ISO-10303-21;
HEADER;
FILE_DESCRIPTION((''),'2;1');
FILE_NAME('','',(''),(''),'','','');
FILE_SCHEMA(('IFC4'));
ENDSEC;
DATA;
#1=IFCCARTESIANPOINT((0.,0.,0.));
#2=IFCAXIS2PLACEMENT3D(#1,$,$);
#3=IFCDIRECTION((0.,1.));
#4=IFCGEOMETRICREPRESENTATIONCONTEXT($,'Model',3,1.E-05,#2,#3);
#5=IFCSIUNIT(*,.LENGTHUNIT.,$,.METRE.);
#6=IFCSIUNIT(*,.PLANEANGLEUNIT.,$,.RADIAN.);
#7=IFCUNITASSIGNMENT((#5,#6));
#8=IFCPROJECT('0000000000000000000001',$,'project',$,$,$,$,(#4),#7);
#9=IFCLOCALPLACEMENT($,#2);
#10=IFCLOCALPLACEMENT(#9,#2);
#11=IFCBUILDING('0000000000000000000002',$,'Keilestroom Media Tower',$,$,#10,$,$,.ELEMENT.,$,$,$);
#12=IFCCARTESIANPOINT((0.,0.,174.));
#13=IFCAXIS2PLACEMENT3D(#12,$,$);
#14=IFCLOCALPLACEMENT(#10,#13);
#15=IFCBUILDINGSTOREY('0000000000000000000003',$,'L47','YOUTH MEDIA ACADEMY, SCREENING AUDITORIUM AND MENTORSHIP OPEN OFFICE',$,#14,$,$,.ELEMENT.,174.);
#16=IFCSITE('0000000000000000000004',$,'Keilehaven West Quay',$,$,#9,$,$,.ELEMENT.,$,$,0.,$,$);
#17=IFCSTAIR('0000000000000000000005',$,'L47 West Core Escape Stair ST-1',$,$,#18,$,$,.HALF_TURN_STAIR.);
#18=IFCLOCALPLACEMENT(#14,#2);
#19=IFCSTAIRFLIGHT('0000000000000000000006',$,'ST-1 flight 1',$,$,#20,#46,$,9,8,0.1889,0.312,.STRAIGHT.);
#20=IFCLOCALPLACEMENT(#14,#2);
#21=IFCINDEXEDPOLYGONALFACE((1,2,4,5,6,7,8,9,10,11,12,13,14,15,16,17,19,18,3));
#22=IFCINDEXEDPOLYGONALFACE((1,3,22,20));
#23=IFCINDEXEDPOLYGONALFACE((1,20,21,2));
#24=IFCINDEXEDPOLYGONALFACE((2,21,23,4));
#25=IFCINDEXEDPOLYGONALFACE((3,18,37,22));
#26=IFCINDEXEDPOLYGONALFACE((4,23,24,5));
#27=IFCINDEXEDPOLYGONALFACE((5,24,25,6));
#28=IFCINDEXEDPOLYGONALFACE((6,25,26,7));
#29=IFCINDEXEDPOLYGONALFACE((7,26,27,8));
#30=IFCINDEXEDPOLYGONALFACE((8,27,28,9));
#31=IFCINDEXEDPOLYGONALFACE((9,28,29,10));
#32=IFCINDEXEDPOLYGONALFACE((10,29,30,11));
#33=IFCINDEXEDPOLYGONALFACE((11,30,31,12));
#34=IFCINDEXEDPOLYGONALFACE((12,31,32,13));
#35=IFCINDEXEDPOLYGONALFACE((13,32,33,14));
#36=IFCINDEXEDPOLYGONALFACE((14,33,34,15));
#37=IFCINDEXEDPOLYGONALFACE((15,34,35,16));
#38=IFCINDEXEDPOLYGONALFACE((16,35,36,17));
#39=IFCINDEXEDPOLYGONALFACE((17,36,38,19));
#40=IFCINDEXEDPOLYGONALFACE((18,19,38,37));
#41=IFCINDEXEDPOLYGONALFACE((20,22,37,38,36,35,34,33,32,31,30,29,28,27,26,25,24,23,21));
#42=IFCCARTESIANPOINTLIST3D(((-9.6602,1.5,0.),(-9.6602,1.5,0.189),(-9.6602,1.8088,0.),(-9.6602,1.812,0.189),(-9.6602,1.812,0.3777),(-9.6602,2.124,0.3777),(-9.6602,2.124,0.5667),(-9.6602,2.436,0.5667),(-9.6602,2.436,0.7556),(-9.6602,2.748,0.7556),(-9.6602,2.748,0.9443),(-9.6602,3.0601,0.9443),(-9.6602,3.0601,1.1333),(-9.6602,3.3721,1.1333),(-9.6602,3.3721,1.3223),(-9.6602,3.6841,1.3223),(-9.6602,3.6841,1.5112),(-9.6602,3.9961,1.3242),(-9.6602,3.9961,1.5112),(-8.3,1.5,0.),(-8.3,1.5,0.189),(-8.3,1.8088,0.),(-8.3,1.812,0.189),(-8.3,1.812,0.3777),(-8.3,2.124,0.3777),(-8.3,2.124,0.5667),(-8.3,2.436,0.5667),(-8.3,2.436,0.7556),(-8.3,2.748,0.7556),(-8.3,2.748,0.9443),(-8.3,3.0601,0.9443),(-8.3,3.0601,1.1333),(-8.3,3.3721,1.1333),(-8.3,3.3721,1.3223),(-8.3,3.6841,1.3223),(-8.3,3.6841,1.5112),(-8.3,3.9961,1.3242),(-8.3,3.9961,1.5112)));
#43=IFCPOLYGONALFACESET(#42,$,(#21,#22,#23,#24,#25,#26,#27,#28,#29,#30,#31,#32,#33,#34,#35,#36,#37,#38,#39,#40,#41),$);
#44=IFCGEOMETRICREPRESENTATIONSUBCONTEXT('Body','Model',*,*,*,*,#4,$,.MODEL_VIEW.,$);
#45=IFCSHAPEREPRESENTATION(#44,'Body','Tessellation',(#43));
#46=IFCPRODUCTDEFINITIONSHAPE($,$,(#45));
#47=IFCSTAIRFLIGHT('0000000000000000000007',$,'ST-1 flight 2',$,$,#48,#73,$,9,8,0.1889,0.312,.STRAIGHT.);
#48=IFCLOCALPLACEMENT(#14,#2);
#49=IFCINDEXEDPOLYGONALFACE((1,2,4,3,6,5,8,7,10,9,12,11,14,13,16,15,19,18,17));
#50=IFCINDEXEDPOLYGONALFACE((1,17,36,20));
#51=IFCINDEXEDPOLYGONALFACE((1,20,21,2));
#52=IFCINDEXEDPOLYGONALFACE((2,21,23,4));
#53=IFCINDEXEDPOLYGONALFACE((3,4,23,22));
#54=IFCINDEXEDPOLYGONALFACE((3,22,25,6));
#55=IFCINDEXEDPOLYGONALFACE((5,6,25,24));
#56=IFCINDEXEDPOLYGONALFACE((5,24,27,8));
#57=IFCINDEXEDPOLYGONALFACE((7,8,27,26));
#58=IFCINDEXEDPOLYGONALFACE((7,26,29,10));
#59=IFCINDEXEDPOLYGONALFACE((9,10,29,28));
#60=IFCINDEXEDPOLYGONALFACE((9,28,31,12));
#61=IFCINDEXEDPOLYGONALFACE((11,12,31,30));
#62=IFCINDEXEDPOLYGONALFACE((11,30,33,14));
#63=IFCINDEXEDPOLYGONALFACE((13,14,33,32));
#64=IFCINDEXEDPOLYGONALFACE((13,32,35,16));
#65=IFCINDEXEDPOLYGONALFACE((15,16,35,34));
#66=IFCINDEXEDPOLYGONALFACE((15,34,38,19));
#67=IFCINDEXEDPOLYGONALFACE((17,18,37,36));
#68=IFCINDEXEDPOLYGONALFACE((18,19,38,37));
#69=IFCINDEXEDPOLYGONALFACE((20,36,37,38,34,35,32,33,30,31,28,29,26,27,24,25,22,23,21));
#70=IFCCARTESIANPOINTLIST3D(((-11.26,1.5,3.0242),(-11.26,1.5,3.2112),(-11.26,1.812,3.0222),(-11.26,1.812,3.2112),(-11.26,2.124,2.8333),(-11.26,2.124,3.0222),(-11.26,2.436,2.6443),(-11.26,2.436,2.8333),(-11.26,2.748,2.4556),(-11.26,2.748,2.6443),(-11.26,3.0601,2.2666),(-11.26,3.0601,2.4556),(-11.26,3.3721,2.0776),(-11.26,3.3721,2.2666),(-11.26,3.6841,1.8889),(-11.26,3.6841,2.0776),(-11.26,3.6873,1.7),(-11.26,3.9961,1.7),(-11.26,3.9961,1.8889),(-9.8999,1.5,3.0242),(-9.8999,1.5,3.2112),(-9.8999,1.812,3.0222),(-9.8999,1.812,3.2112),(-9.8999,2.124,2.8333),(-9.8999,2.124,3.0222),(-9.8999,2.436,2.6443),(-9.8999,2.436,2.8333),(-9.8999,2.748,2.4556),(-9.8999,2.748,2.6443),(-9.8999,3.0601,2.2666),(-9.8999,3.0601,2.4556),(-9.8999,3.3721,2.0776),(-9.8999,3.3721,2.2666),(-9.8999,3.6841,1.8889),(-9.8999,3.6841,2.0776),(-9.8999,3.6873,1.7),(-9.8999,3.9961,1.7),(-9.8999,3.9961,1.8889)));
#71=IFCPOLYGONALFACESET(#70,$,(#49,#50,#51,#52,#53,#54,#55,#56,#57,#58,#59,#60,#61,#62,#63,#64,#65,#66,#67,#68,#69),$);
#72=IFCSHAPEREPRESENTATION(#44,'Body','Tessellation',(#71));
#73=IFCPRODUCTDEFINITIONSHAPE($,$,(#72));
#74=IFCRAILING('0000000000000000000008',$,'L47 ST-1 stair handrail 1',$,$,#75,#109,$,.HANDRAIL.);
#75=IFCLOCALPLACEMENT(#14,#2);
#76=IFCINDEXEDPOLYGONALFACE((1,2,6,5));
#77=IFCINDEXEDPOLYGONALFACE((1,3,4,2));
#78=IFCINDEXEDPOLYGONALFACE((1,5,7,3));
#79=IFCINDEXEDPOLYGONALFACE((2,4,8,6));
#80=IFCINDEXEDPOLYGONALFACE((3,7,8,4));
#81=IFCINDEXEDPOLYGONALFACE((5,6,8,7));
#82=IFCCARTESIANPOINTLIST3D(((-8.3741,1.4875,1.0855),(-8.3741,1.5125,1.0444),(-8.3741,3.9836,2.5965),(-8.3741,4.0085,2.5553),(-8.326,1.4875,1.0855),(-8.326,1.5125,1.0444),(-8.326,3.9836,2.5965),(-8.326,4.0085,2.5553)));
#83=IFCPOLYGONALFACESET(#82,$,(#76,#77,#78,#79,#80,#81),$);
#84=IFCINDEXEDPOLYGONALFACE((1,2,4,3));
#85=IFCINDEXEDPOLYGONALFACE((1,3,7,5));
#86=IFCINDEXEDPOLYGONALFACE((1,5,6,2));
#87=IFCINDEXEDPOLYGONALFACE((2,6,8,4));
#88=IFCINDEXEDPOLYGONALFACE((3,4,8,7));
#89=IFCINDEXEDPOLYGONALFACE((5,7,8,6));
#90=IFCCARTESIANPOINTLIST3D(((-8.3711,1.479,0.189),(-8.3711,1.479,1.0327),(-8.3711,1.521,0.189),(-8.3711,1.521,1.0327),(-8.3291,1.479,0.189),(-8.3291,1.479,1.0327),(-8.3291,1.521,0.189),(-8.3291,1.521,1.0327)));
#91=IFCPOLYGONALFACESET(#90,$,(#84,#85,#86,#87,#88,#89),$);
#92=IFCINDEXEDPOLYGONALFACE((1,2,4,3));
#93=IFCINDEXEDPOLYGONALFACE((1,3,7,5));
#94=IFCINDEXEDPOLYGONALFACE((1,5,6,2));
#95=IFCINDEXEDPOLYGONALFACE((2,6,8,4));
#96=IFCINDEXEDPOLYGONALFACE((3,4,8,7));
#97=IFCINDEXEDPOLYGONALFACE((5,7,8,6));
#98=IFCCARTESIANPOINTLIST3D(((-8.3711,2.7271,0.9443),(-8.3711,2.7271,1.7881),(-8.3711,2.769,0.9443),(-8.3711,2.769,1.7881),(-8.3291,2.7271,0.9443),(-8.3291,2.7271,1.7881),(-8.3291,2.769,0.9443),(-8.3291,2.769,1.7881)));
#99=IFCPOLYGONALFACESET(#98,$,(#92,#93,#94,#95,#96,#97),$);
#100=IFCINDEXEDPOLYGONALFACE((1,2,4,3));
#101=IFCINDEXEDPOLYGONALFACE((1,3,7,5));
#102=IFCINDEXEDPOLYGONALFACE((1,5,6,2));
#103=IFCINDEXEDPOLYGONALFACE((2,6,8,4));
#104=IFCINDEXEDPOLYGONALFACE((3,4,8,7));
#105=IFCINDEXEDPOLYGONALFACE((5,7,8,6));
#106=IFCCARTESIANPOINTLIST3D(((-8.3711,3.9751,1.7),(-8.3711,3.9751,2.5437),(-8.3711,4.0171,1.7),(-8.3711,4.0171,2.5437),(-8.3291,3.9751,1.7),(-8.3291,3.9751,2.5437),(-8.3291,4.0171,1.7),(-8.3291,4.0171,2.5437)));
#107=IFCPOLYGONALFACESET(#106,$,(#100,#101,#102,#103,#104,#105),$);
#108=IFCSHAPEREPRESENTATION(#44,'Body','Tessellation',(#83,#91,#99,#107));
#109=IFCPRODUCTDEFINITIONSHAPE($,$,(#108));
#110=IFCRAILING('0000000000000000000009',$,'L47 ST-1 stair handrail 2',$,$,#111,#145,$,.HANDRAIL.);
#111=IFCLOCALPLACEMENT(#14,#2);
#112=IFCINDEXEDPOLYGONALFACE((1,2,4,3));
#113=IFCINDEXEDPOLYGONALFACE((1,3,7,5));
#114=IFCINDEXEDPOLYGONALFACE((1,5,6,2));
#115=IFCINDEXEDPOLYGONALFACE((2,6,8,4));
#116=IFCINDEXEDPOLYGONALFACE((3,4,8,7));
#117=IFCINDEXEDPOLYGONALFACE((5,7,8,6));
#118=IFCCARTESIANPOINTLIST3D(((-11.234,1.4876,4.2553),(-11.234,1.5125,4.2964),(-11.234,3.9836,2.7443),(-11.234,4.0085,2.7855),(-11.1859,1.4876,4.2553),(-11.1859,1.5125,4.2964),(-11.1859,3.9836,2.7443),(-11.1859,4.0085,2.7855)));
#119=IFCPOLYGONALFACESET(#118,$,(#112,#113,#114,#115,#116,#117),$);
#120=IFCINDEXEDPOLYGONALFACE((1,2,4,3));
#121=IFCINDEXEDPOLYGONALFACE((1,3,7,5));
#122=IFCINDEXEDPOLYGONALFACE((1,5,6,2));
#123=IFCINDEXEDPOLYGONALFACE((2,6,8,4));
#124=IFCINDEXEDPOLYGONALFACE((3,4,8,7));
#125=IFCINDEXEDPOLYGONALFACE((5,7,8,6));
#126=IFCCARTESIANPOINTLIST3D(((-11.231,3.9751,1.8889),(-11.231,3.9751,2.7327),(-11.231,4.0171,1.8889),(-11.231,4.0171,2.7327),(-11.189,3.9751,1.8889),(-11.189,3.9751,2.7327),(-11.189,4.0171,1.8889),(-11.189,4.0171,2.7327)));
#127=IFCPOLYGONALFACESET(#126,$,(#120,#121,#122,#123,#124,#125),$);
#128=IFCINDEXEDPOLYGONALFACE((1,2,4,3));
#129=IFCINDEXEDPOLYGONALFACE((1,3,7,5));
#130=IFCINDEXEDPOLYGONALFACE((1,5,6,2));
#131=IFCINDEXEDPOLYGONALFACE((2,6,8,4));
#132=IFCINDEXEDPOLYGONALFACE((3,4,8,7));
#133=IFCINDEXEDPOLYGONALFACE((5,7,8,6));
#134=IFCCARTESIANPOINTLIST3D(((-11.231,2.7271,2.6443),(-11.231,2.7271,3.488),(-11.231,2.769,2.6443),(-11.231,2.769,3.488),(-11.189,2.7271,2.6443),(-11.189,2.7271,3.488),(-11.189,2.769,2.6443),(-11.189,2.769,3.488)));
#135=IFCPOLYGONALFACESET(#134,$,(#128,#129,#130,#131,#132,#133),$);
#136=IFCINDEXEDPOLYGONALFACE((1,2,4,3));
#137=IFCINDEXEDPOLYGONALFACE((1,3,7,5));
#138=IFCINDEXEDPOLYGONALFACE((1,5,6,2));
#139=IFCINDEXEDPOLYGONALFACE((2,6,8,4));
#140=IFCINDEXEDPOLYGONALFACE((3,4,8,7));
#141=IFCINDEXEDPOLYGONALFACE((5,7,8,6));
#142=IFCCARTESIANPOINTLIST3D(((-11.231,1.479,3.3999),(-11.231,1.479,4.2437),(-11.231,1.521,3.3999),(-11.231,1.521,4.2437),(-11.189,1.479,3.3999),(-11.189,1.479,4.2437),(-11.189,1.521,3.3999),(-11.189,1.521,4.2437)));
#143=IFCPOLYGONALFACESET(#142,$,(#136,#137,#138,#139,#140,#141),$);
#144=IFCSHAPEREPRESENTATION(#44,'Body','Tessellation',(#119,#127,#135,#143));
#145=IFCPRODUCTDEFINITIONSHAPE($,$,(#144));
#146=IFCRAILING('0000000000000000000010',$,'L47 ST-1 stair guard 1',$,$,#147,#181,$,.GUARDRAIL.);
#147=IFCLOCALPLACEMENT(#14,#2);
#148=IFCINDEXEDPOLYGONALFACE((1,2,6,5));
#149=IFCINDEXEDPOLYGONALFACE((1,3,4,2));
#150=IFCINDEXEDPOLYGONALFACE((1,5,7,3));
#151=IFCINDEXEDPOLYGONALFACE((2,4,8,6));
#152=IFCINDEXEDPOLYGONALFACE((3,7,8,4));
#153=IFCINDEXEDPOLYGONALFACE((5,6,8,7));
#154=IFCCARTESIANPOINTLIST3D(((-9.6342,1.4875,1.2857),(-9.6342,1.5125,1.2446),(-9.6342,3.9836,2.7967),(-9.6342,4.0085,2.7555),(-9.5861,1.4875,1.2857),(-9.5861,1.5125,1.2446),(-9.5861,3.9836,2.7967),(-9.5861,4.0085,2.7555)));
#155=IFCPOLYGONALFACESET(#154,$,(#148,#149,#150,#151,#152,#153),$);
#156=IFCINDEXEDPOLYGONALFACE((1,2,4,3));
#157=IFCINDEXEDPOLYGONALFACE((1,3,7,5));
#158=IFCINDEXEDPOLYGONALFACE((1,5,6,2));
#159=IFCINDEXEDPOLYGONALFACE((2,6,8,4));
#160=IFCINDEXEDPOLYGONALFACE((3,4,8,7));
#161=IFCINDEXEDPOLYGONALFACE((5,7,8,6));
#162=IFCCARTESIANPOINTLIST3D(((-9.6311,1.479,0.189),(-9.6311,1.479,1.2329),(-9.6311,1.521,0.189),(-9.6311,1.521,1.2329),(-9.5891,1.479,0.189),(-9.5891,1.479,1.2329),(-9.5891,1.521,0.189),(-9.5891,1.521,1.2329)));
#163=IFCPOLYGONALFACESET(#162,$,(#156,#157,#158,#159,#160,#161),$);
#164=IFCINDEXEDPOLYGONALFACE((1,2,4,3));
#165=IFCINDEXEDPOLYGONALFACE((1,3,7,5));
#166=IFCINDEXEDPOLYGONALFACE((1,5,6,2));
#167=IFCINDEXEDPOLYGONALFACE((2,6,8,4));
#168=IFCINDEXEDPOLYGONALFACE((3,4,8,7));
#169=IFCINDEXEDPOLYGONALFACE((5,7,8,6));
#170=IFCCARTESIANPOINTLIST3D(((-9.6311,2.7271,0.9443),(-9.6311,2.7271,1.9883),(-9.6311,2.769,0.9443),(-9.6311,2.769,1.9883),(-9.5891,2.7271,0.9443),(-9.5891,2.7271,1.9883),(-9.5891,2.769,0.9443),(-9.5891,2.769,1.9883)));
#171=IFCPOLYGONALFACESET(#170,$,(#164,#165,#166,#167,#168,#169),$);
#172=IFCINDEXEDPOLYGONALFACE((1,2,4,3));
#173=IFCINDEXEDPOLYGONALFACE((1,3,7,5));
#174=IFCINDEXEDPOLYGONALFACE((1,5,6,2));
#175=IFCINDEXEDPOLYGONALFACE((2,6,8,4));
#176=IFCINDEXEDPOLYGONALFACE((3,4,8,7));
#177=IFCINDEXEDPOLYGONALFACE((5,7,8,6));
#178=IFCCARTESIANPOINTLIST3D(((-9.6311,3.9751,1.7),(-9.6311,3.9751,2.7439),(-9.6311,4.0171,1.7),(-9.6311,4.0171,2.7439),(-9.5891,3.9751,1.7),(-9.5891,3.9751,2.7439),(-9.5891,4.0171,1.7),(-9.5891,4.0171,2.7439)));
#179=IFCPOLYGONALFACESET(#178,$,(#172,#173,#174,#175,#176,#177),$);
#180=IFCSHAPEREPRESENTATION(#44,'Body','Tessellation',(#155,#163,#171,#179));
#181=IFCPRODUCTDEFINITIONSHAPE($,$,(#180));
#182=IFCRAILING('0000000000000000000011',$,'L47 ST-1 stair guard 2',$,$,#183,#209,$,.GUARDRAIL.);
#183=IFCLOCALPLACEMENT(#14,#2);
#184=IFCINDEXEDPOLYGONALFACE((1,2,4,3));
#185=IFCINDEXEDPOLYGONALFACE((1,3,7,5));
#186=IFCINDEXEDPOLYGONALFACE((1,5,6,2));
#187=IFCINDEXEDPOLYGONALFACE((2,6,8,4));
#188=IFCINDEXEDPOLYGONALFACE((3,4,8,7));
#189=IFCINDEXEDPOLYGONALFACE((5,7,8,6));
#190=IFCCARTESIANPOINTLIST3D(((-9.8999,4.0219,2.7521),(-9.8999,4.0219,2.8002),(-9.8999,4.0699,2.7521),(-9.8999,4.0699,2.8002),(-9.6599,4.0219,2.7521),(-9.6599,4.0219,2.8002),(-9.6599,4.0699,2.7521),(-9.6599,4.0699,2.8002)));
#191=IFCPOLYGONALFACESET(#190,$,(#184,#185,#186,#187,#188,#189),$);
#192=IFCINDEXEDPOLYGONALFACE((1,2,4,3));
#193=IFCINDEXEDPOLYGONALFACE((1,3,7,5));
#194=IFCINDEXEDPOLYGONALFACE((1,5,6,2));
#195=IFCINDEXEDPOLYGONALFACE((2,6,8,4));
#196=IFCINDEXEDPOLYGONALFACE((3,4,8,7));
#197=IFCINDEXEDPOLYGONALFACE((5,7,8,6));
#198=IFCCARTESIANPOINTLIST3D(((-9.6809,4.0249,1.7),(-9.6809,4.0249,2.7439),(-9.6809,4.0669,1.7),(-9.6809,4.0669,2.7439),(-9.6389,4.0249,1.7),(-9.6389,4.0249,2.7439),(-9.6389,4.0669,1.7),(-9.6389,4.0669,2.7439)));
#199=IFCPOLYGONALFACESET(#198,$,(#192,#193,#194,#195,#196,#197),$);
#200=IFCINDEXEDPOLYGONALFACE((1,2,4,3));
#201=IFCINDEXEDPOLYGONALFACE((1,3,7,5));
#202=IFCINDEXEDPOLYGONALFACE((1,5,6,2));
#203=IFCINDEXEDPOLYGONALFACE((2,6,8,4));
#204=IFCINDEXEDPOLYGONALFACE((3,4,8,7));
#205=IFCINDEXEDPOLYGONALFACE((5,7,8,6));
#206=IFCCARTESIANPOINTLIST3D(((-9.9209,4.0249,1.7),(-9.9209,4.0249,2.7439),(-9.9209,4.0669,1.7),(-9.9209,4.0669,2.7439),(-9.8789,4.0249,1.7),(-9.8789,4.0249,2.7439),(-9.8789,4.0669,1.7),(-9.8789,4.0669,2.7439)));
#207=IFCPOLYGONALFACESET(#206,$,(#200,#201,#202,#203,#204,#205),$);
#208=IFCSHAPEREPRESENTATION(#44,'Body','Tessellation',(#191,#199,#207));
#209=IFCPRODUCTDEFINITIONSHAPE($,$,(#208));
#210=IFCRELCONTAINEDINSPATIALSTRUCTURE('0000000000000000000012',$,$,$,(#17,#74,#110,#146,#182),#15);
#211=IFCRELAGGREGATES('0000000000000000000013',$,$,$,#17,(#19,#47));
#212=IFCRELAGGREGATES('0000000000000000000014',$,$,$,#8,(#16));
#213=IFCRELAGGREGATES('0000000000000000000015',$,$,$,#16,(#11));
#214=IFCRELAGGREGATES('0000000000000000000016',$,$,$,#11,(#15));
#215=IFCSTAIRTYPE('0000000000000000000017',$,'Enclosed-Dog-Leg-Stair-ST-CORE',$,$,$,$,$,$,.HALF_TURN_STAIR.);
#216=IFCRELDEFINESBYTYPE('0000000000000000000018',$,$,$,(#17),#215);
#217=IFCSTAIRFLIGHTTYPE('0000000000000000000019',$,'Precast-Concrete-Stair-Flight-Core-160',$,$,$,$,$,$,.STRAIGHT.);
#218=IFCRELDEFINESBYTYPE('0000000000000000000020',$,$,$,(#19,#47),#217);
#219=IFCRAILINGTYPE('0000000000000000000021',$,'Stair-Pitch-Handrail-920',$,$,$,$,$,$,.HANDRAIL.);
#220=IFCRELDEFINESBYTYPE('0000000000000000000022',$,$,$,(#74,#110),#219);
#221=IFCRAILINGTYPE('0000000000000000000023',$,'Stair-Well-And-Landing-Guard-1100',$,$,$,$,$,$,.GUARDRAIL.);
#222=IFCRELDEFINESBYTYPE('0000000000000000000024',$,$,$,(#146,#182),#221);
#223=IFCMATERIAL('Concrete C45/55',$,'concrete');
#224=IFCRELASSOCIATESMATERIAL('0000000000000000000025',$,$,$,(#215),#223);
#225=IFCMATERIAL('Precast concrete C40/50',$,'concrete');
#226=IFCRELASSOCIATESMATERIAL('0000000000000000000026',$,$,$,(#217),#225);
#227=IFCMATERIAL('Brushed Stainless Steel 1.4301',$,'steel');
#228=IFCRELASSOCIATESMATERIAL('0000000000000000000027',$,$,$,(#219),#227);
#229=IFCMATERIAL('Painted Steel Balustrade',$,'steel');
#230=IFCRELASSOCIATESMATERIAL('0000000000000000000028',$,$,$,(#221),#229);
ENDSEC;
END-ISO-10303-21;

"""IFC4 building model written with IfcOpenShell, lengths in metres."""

from ifc_helpers import new_model, si_unit, direction, frame, origin, origin_2d, place, context, subcontext, project, spatial, polyline, rectangle, outline, extrude, material, type_object, element, aggregate, save


model = new_model("IFC4")

# Units and contexts
model_context = context("Model", 3, precision=1e-05, world=origin(), true_north=direction((0.0, 1.0)))
body_context = subcontext(model_context, "Body", "Model", "MODEL_VIEW")
ifc_project = project(units=[si_unit("LENGTHUNIT", "METRE"), si_unit("PLANEANGLEUNIT", "RADIAN")], contexts=[model_context])

# Site, building, storey
site_placement = place(None, origin())
site = spatial("IfcSite", under=ifc_project, at=site_placement, Name="Keilehaven West Quay", CompositionType="ELEMENT", RefElevation=0.0)
building_placement = place(site_placement, origin())
building = spatial("IfcBuilding", under=site, at=building_placement, Name="Keilestroom Media Tower", CompositionType="ELEMENT")
storey_placement = place(building_placement, frame((0.0, 0.0, 174.0)))
storey = spatial("IfcBuildingStorey", under=building, at=storey_placement, Name="L47", Description="YOUTH MEDIA ACADEMY, SCREENING AUDITORIUM AND MENTORSHIP OPEN OFFICE", CompositionType="ELEMENT", Elevation=174.0)

# Shared definitions
ifc_material_1 = material(Name="Precast concrete C40/50", Category="concrete")

# Stair
ifc_material_2 = material(Name="Concrete C45/55", Category="concrete")
stair_type = type_object("IfcStairType", Name="Enclosed-Dog-Leg-Stair-ST-CORE", PredefinedType="HALF_TURN_STAIR", material=ifc_material_2)
stair_1_placement = place(storey_placement, origin())
stair_1 = element("IfcStair", 1, at=stair_1_placement, inside=storey, type_object=stair_type, Name="L47 West Core Escape Stair ST-1", PredefinedType="HALF_TURN_STAIR")

# Stair flights
stair_flight_type = type_object("IfcStairFlightType", Name="Precast-Concrete-Stair-Flight-Core-160", PredefinedType="STRAIGHT", material=ifc_material_1)
stair_flight_1_placement = place(storey_placement, frame((-8.98, 1.5, 0.0), z_axis=(0.0, 0.0, 1.0), x_axis=(0.0, 1.0, 0.0)))
stair_flight_1 = element("IfcStairFlight", 2, at=stair_flight_1_placement, type_object=stair_flight_type, Name="ST-1 flight 1", NumberOfRisers=9, NumberOfTreads=8, PredefinedType="STRAIGHT", RiserHeight=0.1889, TreadLength=0.312, context=body_context, shape_type="SweptSolid", body=[
    extrude(outline(polyline([(0.0, 0.0), (0.0, 0.189), (0.312, 0.189), (0.312, 0.3777), (0.624, 0.3777), (0.624, 0.5667), (0.936, 0.5667), (0.936, 0.7556), (1.248, 0.7556), (1.248, 0.9443), (1.5601, 0.9443), (1.5601, 1.1333), (1.8721, 1.1333), (1.8721, 1.3223), (2.1841, 1.3223), (2.1841, 1.5112), (2.4961, 1.5112), (2.4961, 1.7), (2.4961, 1.3242), (0.3088, 0.0), (0.0, 0.0)])), frame((0.0, 0.6802, 0.0), z_axis=(0.0, -1.0, 0.0), x_axis=(1.0, 0.0, 0.0)), (0.0, 0.0, 1.0), 1.3601),
])
stair_flight_2_placement = place(storey_placement, frame((-10.5801, 3.9961, 1.7), z_axis=(0.0, 0.0, 1.0), x_axis=(0.0, -1.0, 0.0)))
stair_flight_2 = element("IfcStairFlight", 3, at=stair_flight_2_placement, type_object=stair_flight_type, Name="ST-1 flight 2", NumberOfRisers=9, NumberOfTreads=8, PredefinedType="STRAIGHT", RiserHeight=0.1889, TreadLength=0.312, context=body_context, shape_type="SweptSolid", body=[
    extrude(outline(polyline([(0.0, 0.0), (0.0, 0.189), (0.312, 0.189), (0.312, 0.3777), (0.624, 0.3777), (0.624, 0.5667), (0.936, 0.5667), (0.936, 0.7556), (1.248, 0.7556), (1.248, 0.9443), (1.5601, 0.9443), (1.5601, 1.1333), (1.8721, 1.1333), (1.8721, 1.3223), (2.1841, 1.3223), (2.1841, 1.5112), (2.4961, 1.5112), (2.4961, 1.7), (2.4961, 1.3242), (0.3088, 0.0), (0.0, 0.0)])), frame((0.0, 0.6802, 0.0), z_axis=(0.0, -1.0, 0.0), x_axis=(1.0, 0.0, 0.0)), (0.0, 0.0, 1.0), 1.3601),
])
aggregate(stair_1, [stair_flight_1, stair_flight_2])

# Railings
ifc_material_3 = material(Name="Brushed Stainless Steel 1.4301", Category="steel")
railing_type_1 = type_object("IfcRailingType", Name="Stair-Pitch-Handrail-920", PredefinedType="HANDRAIL", material=ifc_material_3)
railing_1_placement = place(storey_placement, frame((-8.3501, 1.5, 0.189)))
element("IfcRailing", 4, at=railing_1_placement, inside=storey, type_object=railing_type_1, Name="L47 ST-1 stair handrail 1", PredefinedType="HANDRAIL", context=body_context, shape_type="SweptSolid", body=[
    extrude(rectangle(XDim=0.0481, YDim=0.0481, at=origin_2d()), frame((0.0, 0.0, 0.876), z_axis=(0.0, 0.855471, 0.517851), x_axis=(-1.0, 0.0, 0.0)), (0.0, 0.0, 1.0), 2.9177),
    extrude(rectangle(XDim=0.042, YDim=0.042, at=origin_2d()), origin(), (0.0, 0.0, 1.0), 0.8438),
    extrude(rectangle(XDim=0.042, YDim=0.042, at=origin_2d()), frame((0.0, 1.248, 0.7554)), (0.0, 0.0, 1.0), 0.8438),
    extrude(rectangle(XDim=0.042, YDim=0.042, at=origin_2d()), frame((0.0, 2.4961, 1.511)), (0.0, 0.0, 1.0), 0.8438),
])
railing_2_placement = place(storey_placement, frame((-11.21, 3.9961, 1.8889)))
element("IfcRailing", 5, at=railing_2_placement, inside=storey, type_object=railing_type_1, Name="L47 ST-1 stair handrail 2", PredefinedType="HANDRAIL", context=body_context, shape_type="SweptSolid", body=[
    extrude(rectangle(XDim=0.0481, YDim=0.0481, at=origin_2d()), frame((0.0, 0.0, 0.876), z_axis=(0.0, -0.855471, 0.517851), x_axis=(1.0, 0.0, 0.0)), (0.0, 0.0, 1.0), 2.9177),
    extrude(rectangle(XDim=0.042, YDim=0.042, at=origin_2d()), origin(), (0.0, 0.0, 1.0), 0.8438),
    extrude(rectangle(XDim=0.042, YDim=0.042, at=origin_2d()), frame((0.0, -1.248, 0.7554)), (0.0, 0.0, 1.0), 0.8438),
    extrude(rectangle(XDim=0.042, YDim=0.042, at=origin_2d()), frame((0.0, -2.4961, 1.511)), (0.0, 0.0, 1.0), 0.8438),
])
ifc_material_4 = material(Name="Painted Steel Balustrade", Category="steel")
railing_type_2 = type_object("IfcRailingType", Name="Stair-Well-And-Landing-Guard-1100", PredefinedType="GUARDRAIL", material=ifc_material_4)
railing_3_placement = place(storey_placement, frame((-9.6101, 1.5, 0.189)))
element("IfcRailing", 6, at=railing_3_placement, inside=storey, type_object=railing_type_2, Name="L47 ST-1 stair guard 1", PredefinedType="GUARDRAIL", context=body_context, shape_type="SweptSolid", body=[
    extrude(rectangle(XDim=0.0481, YDim=0.0481, at=origin_2d()), frame((0.0, 0.0, 1.0762), z_axis=(0.0, 0.855471, 0.517851), x_axis=(-1.0, 0.0, 0.0)), (0.0, 0.0, 1.0), 2.9177),
    extrude(rectangle(XDim=0.042, YDim=0.042, at=origin_2d()), origin(), (0.0, 0.0, 1.0), 1.0439),
    extrude(rectangle(XDim=0.042, YDim=0.042, at=origin_2d()), frame((0.0, 1.248, 0.7554)), (0.0, 0.0, 1.0), 1.0439),
    extrude(rectangle(XDim=0.042, YDim=0.042, at=origin_2d()), frame((0.0, 2.4961, 1.511)), (0.0, 0.0, 1.0), 1.0439),
])
railing_4_placement = place(storey_placement, frame((-9.6599, 4.0459, 1.7)))
element("IfcRailing", 7, at=railing_4_placement, inside=storey, type_object=railing_type_2, Name="L47 ST-1 stair guard 2", PredefinedType="GUARDRAIL", context=body_context, shape_type="SweptSolid", body=[
    extrude(rectangle(XDim=0.0481, YDim=0.0481, at=origin_2d()), frame((0.0, 0.0, 1.0762), z_axis=(-1.0, 0.0, 0.0), x_axis=(0.0, -1.0, 0.0)), (0.0, 0.0, 1.0), 0.24),
    extrude(rectangle(XDim=0.042, YDim=0.042, at=origin_2d()), origin(), (0.0, 0.0, 1.0), 1.0439),
    extrude(rectangle(XDim=0.042, YDim=0.042, at=origin_2d()), frame((-0.24, 0.0, 0.0)), (0.0, 0.0, 1.0), 1.0439),
])

save(model, "model.ifc")
